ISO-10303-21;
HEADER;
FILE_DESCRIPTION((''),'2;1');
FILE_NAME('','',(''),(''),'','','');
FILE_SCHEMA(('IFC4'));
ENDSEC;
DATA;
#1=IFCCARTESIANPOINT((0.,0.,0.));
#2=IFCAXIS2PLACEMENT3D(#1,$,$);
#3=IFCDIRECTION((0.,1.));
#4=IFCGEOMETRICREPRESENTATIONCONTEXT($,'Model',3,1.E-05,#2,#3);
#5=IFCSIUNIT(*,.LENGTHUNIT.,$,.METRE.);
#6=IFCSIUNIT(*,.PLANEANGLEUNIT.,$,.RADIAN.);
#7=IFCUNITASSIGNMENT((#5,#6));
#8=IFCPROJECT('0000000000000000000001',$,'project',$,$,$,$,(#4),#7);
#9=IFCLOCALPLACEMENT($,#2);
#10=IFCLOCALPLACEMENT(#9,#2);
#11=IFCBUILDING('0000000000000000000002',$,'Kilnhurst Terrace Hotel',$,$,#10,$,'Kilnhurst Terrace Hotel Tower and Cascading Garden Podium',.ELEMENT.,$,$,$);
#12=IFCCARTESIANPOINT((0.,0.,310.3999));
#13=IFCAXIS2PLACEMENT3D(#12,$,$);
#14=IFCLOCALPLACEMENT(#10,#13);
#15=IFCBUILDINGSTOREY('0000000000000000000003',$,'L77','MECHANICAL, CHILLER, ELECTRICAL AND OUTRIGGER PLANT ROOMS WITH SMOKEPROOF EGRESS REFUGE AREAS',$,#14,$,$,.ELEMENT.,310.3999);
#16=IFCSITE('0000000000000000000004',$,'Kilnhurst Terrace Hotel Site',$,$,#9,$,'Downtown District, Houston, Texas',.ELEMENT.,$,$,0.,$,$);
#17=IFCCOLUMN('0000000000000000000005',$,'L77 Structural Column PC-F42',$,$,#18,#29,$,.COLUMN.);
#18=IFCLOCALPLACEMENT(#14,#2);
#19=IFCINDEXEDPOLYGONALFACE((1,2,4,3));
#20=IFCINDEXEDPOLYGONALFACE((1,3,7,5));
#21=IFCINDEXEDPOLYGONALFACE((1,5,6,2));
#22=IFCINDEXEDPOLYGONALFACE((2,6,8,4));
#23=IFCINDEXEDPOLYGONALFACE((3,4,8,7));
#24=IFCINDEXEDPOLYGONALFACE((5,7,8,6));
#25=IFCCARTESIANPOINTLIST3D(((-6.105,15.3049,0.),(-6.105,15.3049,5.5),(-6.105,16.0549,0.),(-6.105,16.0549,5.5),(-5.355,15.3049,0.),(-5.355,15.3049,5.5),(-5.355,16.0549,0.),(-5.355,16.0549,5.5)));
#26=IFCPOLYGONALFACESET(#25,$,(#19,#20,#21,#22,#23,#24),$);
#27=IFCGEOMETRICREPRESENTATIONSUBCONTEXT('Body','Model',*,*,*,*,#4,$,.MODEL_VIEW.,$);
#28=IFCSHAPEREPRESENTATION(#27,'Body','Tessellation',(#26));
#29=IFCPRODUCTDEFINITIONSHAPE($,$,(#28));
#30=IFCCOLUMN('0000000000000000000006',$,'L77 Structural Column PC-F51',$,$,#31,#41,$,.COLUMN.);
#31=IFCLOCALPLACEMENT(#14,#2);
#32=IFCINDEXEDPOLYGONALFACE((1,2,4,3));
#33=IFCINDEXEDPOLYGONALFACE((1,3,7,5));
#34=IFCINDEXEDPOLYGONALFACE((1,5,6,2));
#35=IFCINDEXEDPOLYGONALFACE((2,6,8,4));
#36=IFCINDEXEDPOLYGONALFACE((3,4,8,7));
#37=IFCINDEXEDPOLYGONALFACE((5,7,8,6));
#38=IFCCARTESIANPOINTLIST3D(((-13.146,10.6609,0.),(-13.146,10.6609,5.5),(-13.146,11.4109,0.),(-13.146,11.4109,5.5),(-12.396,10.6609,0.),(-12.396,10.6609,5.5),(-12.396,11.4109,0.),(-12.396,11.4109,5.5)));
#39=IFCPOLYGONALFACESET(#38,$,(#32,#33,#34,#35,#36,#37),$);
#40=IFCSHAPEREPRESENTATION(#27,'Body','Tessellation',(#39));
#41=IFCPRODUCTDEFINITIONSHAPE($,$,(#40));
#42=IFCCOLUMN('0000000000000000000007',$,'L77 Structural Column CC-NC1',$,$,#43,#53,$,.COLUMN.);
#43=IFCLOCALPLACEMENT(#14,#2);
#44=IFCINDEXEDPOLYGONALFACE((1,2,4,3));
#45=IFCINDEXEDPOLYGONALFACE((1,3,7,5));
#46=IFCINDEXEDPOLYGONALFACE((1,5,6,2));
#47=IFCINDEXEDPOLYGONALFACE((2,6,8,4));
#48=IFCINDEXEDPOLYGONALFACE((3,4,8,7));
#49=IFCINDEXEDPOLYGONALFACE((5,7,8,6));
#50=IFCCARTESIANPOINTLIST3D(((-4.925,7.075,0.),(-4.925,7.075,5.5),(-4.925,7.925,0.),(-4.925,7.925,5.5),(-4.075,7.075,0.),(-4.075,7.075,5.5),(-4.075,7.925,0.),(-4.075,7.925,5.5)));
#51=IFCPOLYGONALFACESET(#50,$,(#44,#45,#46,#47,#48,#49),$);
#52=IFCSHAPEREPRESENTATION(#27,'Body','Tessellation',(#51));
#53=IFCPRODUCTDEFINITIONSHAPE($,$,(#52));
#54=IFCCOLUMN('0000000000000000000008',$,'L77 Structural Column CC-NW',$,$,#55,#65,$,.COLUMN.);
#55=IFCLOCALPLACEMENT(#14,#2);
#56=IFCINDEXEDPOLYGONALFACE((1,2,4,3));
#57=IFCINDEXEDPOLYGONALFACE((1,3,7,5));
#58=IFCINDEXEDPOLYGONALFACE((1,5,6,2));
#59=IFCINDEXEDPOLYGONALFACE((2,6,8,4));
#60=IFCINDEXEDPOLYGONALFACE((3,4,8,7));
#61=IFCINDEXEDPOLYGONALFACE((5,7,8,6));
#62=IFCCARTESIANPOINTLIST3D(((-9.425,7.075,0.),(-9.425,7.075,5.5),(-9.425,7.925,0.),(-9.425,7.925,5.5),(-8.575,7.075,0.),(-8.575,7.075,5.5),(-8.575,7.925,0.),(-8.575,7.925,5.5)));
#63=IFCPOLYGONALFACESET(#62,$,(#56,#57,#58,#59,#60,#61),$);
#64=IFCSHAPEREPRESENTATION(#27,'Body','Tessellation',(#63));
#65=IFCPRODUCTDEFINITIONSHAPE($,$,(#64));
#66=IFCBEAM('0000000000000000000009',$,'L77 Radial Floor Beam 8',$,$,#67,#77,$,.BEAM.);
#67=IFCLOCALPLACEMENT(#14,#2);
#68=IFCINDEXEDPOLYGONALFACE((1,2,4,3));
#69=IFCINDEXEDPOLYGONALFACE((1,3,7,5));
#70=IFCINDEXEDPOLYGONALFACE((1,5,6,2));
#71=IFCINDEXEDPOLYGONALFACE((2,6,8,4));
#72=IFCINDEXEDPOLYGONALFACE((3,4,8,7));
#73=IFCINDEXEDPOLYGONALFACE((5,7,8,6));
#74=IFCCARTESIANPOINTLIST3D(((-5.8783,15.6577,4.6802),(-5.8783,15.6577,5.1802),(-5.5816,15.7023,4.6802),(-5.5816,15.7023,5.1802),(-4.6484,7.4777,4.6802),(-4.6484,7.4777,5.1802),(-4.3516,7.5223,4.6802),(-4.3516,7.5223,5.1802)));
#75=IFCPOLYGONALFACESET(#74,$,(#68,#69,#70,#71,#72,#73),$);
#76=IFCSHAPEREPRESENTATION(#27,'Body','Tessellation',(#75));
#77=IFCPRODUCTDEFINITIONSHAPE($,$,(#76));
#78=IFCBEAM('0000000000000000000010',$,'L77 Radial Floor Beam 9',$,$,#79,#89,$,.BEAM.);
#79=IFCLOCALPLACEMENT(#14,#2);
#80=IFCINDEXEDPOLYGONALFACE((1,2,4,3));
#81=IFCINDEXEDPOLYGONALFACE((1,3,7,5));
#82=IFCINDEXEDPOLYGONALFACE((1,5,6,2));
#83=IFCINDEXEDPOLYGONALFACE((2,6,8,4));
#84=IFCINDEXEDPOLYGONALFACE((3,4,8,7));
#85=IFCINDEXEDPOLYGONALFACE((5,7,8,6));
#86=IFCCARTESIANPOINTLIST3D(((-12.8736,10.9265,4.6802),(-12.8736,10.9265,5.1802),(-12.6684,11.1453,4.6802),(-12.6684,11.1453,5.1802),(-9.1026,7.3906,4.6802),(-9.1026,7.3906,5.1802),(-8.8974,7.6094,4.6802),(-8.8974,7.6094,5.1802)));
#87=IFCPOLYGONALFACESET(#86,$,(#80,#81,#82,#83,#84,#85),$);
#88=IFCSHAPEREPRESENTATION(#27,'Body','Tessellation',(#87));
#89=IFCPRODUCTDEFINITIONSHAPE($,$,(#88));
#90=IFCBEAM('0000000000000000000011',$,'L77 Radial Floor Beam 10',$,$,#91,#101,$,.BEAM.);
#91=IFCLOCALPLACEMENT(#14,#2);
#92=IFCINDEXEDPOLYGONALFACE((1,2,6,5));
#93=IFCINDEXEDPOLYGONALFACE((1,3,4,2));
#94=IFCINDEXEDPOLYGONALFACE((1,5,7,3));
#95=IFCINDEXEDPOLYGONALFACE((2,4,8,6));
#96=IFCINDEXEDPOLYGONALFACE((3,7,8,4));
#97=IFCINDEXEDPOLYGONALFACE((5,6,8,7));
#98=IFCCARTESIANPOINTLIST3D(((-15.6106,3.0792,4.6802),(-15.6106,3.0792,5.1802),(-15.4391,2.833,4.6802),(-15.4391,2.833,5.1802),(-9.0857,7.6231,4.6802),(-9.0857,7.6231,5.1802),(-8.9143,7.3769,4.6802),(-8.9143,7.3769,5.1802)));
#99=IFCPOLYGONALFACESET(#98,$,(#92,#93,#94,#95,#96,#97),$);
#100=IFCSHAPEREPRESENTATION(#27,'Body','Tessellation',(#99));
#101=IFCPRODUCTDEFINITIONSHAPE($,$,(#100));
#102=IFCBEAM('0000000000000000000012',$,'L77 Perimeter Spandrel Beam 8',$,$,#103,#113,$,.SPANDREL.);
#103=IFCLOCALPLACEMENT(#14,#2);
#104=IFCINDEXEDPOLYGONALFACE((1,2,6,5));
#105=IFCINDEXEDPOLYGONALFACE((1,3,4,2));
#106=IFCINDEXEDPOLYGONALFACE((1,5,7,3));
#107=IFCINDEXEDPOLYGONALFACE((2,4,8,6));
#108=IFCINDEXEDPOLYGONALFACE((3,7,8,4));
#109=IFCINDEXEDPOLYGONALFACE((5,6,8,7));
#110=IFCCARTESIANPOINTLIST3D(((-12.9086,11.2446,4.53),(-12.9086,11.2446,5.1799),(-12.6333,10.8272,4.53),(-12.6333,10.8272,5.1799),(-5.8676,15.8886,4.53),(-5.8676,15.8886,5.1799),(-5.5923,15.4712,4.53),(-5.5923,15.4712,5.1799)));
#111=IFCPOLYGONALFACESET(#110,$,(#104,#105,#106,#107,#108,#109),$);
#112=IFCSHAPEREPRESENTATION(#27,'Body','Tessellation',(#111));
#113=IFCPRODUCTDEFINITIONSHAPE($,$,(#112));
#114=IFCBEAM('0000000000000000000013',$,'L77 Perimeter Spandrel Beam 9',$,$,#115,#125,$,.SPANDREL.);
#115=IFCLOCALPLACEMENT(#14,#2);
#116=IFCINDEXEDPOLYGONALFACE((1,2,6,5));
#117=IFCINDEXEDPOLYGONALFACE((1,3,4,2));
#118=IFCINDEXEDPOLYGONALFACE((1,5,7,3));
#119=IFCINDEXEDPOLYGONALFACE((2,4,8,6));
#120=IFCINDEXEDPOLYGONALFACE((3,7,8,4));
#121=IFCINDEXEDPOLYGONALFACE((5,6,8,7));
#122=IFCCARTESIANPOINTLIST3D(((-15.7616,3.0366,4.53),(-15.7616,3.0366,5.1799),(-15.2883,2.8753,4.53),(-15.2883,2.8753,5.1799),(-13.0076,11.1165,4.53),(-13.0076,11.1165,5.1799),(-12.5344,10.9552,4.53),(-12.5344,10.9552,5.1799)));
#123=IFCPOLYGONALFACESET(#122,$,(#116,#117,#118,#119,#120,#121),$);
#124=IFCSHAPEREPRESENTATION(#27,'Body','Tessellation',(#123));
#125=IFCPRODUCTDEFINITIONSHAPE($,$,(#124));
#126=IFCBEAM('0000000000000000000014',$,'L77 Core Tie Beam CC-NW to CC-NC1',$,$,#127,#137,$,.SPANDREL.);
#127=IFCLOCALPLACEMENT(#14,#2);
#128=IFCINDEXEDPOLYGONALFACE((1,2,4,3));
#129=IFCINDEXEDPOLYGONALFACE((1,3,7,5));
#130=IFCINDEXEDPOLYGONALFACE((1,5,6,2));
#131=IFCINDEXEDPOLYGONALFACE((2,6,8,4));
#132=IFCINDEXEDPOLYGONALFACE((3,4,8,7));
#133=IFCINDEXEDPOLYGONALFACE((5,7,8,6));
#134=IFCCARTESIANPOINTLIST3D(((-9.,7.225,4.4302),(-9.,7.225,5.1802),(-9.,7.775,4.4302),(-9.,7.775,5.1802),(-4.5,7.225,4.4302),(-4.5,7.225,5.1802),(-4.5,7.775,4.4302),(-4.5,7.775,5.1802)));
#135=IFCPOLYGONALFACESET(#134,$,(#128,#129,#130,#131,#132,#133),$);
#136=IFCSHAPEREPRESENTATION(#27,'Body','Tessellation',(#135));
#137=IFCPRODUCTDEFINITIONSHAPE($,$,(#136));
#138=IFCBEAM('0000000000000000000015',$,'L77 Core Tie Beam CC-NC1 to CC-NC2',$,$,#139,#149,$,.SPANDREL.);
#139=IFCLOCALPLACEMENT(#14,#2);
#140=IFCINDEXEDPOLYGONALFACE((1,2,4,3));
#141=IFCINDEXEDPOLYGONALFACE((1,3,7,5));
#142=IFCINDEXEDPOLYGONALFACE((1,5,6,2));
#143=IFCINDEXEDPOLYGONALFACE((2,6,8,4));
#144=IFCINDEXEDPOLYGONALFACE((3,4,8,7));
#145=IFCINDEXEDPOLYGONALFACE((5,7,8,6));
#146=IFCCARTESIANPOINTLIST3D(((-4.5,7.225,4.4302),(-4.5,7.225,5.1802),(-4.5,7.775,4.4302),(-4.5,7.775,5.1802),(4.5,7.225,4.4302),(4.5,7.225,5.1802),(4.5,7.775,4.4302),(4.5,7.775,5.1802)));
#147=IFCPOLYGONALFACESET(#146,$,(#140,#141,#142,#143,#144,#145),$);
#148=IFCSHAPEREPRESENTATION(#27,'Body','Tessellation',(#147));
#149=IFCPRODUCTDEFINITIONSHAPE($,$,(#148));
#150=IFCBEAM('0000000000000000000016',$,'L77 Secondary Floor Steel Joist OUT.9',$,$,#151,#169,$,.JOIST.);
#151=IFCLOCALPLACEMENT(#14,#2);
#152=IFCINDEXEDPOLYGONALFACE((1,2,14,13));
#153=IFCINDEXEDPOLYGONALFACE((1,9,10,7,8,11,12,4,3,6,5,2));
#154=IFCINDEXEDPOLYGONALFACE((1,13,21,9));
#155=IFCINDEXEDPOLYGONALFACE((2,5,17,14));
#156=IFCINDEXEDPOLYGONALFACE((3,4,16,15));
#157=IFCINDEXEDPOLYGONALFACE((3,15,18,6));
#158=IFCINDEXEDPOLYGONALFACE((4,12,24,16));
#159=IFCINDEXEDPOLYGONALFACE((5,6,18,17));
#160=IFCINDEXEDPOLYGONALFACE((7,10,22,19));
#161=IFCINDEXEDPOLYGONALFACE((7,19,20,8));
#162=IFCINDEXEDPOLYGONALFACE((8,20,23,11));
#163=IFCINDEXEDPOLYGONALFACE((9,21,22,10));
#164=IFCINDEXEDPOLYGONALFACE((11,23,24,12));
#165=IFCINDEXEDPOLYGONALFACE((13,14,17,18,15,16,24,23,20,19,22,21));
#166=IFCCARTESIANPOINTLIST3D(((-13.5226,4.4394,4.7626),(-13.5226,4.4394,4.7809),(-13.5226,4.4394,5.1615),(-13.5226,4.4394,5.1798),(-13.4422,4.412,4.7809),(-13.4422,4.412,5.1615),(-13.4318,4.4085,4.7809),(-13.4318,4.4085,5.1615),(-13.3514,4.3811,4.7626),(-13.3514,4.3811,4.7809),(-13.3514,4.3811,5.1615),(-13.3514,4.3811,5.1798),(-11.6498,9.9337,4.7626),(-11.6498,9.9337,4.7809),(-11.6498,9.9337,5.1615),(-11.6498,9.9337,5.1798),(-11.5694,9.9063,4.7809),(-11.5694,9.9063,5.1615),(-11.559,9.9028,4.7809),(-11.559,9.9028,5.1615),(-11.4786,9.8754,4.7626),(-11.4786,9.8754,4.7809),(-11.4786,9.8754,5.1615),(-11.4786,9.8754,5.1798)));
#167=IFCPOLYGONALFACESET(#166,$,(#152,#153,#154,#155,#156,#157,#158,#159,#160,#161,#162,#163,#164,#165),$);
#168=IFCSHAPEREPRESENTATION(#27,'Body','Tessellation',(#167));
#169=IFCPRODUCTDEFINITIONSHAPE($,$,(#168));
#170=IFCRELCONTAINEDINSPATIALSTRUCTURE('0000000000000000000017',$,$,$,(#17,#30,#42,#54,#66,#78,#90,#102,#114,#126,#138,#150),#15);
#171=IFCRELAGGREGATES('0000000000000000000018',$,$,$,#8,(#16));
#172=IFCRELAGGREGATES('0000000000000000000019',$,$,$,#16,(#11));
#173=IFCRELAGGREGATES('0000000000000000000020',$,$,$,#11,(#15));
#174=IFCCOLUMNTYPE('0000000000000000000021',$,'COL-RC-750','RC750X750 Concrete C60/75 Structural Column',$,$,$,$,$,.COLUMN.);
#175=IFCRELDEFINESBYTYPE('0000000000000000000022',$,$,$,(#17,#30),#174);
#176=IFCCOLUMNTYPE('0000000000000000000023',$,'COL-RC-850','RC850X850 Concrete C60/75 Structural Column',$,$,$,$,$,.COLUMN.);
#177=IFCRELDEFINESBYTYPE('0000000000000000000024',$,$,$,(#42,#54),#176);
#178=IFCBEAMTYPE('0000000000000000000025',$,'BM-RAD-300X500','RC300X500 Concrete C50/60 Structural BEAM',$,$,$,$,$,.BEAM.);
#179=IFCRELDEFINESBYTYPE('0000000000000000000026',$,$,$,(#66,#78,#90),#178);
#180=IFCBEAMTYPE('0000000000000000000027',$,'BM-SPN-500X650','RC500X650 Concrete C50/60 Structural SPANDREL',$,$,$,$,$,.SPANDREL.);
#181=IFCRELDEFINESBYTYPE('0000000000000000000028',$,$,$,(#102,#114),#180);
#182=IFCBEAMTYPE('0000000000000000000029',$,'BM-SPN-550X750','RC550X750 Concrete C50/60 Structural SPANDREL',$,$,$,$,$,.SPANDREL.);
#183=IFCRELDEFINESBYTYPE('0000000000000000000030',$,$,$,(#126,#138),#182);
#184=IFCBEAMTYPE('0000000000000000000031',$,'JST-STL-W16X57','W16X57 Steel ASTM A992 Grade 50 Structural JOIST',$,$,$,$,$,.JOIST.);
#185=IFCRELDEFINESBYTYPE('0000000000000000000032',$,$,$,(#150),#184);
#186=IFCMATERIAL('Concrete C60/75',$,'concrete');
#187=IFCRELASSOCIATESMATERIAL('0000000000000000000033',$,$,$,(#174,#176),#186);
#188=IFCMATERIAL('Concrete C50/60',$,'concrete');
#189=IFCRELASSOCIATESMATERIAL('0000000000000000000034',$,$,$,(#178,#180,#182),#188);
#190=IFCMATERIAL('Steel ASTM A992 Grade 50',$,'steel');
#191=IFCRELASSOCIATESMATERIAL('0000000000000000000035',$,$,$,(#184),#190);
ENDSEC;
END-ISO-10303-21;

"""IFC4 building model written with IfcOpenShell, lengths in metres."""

from ifc_helpers import new_model, si_unit, direction, frame, origin, origin_2d, place, context, subcontext, project, spatial, rectangle, i_section, extrude, material, material_profile, profile_set, type_object, element, save


model = new_model("IFC4")

# Units and contexts
model_context = context("Model", 3, precision=1e-05, world=origin(), true_north=direction((0.0, 1.0)))
body_context = subcontext(model_context, "Body", "Model", "MODEL_VIEW")
ifc_project = project(units=[si_unit("LENGTHUNIT", "METRE"), si_unit("PLANEANGLEUNIT", "RADIAN")], contexts=[model_context])

# Site, building, storey
site_placement = place(None, origin())
site = spatial("IfcSite", under=ifc_project, at=site_placement, Name="Kilnhurst Terrace Hotel Site", LongName="Downtown District, Houston, Texas", CompositionType="ELEMENT", RefElevation=0.0)
building_placement = place(site_placement, origin())
building = spatial("IfcBuilding", under=site, at=building_placement, Name="Kilnhurst Terrace Hotel", LongName="Kilnhurst Terrace Hotel Tower and Cascading Garden Podium", CompositionType="ELEMENT")
storey_placement = place(building_placement, frame((0.0, 0.0, 310.3999)))
storey = spatial("IfcBuildingStorey", under=building, at=storey_placement, Name="L77", Description="MECHANICAL, CHILLER, ELECTRICAL AND OUTRIGGER PLANT ROOMS WITH SMOKEPROOF EGRESS REFUGE AREAS", CompositionType="ELEMENT", Elevation=310.3999)

# Columns
ifc_material_1 = material(Name="Concrete C60/75", Category="concrete")
ifc_material_profile_1 = material_profile(ifc_material_1, rectangle(XDim=0.75, YDim=0.75, at=origin_2d()), Name="RC750X750")
ifc_profile_set_1 = profile_set([ifc_material_profile_1], Name="Concrete C60/75")
column_type_1 = type_object("IfcColumnType", Name="COL-RC-750", Description="RC750X750 Concrete C60/75 Structural Column", PredefinedType="COLUMN", material=ifc_profile_set_1)
for number, where, z_axis, x_axis, name in (
    (1, (-5.73, 15.6799, 0.0), (0.0, 0.0, 1.0), (1.0, 0.0, 0.0), "L77 Structural Column PC-F42"),
    (2, (-12.771, 11.0359, 0.0), (0.0, 0.0, 1.0), (1.0, 0.0, 0.0), "L77 Structural Column PC-F51"),
):
    element("IfcColumn", number, at=place(storey_placement, frame(where, z_axis=z_axis, x_axis=x_axis)), inside=storey, type_object=column_type_1, Name=name, PredefinedType="COLUMN", context=body_context, shape_type="SweptSolid", body=[
        extrude(rectangle(XDim=0.75, YDim=0.75, at=origin_2d()), origin(), (0.0, 0.0, 1.0), 5.5),
    ])
ifc_material_profile_2 = material_profile(ifc_material_1, rectangle(XDim=0.8501, YDim=0.8501, at=origin_2d()), Name="RC850X850")
ifc_profile_set_2 = profile_set([ifc_material_profile_2], Name="Concrete C60/75")
column_type_2 = type_object("IfcColumnType", Name="COL-RC-850", Description="RC850X850 Concrete C60/75 Structural Column", PredefinedType="COLUMN", material=ifc_profile_set_2)
for number, where, z_axis, x_axis, name in (
    (3, (-4.5, 7.5, 0.0), (0.0, 0.0, 1.0), (1.0, 0.0, 0.0), "L77 Structural Column CC-NC1"),
    (4, (-9.0, 7.5, 0.0), (0.0, 0.0, 1.0), (1.0, 0.0, 0.0), "L77 Structural Column CC-NW"),
):
    element("IfcColumn", number, at=place(storey_placement, frame(where, z_axis=z_axis, x_axis=x_axis)), inside=storey, type_object=column_type_2, Name=name, PredefinedType="COLUMN", context=body_context, shape_type="SweptSolid", body=[
        extrude(rectangle(XDim=0.8501, YDim=0.8501, at=origin_2d()), origin(), (0.0, 0.0, 1.0), 5.5),
    ])

# Beams
ifc_material_2 = material(Name="Concrete C50/60", Category="concrete")
ifc_material_profile_3 = material_profile(ifc_material_2, rectangle(XDim=0.3, YDim=0.5, at=origin_2d()), Name="RC300X500")
ifc_profile_set_3 = profile_set([ifc_material_profile_3], Name="Concrete C50/60")
beam_type_1 = type_object("IfcBeamType", Name="BM-RAD-300X500", Description="RC300X500 Concrete C50/60 Structural BEAM", PredefinedType="BEAM", material=ifc_profile_set_3)
beam_1_placement = place(storey_placement, frame((-4.5, 7.5, 4.9302), z_axis=(-0.148694, 0.988883, 0.0), x_axis=(-0.988883, -0.148694, 0.0)))
element("IfcBeam", 5, at=beam_1_placement, inside=storey, type_object=beam_type_1, Name="L77 Radial Floor Beam 8", PredefinedType="BEAM", context=body_context, shape_type="SweptSolid", body=[
    extrude(rectangle(XDim=0.3, YDim=0.5, at=origin_2d()), origin(), (0.0, 0.0, 1.0), 8.272),
])
beam_2_placement = place(storey_placement, frame((-9.0, 7.5, 4.9302), z_axis=(-0.729481, 0.684001, 0.0), x_axis=(-0.684001, -0.729481, 0.0)))
element("IfcBeam", 6, at=beam_2_placement, inside=storey, type_object=beam_type_1, Name="L77 Radial Floor Beam 9", PredefinedType="BEAM", context=body_context, shape_type="SweptSolid", body=[
    extrude(rectangle(XDim=0.3, YDim=0.5, at=origin_2d()), origin(), (0.0, 0.0, 1.0), 5.1694),
])
beam_3_placement = place(storey_placement, frame((-9.0, 7.5, 4.9302), z_axis=(-0.820617, -0.571478, 0.0), x_axis=(0.571478, -0.820617, 0.0)))
element("IfcBeam", 7, at=beam_3_placement, inside=storey, type_object=beam_type_1, Name="L77 Radial Floor Beam 10", PredefinedType="BEAM", context=body_context, shape_type="SweptSolid", body=[
    extrude(rectangle(XDim=0.3, YDim=0.5, at=origin_2d()), origin(), (0.0, 0.0, 1.0), 7.9512),
])
ifc_material_profile_4 = material_profile(ifc_material_2, rectangle(XDim=0.5, YDim=0.6499, at=origin_2d()), Name="RC500X650")
ifc_profile_set_4 = profile_set([ifc_material_profile_4], Name="Concrete C50/60")
beam_type_2 = type_object("IfcBeamType", Name="BM-SPN-500X650", Description="RC500X650 Concrete C50/60 Structural SPANDREL", PredefinedType="SPANDREL", material=ifc_profile_set_4)
beam_4_placement = place(storey_placement, frame((-5.73, 15.6799, 4.855), z_axis=(-0.834774, -0.550592, 0.0), x_axis=(0.550592, -0.834774, 0.0)))
element("IfcBeam", 8, at=beam_4_placement, inside=storey, type_object=beam_type_2, Name="L77 Perimeter Spandrel Beam 8", PredefinedType="SPANDREL", context=body_context, shape_type="SweptSolid", body=[
    extrude(rectangle(XDim=0.5, YDim=0.6499, at=origin_2d()), origin(), (0.0, 0.0, 1.0), 8.4346),
])
beam_5_placement = place(storey_placement, frame((-12.771, 11.0359, 4.855), z_axis=(-0.322613, -0.946531, 0.0), x_axis=(0.946531, -0.322613, 0.0)))
element("IfcBeam", 9, at=beam_5_placement, inside=storey, type_object=beam_type_2, Name="L77 Perimeter Spandrel Beam 9", PredefinedType="SPANDREL", context=body_context, shape_type="SweptSolid", body=[
    extrude(rectangle(XDim=0.5, YDim=0.6499, at=origin_2d()), origin(), (0.0, 0.0, 1.0), 8.5364),
])
ifc_material_profile_5 = material_profile(ifc_material_2, rectangle(XDim=0.55, YDim=0.75, at=origin_2d()), Name="RC550X750")
ifc_profile_set_5 = profile_set([ifc_material_profile_5], Name="Concrete C50/60")
beam_type_3 = type_object("IfcBeamType", Name="BM-SPN-550X750", Description="RC550X750 Concrete C50/60 Structural SPANDREL", PredefinedType="SPANDREL", material=ifc_profile_set_5)
beam_6_placement = place(storey_placement, frame((-9.0, 7.5, 4.8052), z_axis=(1.0, 0.0, 0.0), x_axis=(0.0, 1.0, 0.0)))
element("IfcBeam", 10, at=beam_6_placement, inside=storey, type_object=beam_type_3, Name="L77 Core Tie Beam CC-NW to CC-NC1", PredefinedType="SPANDREL", context=body_context, shape_type="SweptSolid", body=[
    extrude(rectangle(XDim=0.55, YDim=0.75, at=origin_2d()), origin(), (0.0, 0.0, 1.0), 4.5),
])
beam_7_placement = place(storey_placement, frame((-4.5, 7.5, 4.8052), z_axis=(1.0, 0.0, 0.0), x_axis=(0.0, 1.0, 0.0)))
element("IfcBeam", 11, at=beam_7_placement, inside=storey, type_object=beam_type_3, Name="L77 Core Tie Beam CC-NC1 to CC-NC2", PredefinedType="SPANDREL", context=body_context, shape_type="SweptSolid", body=[
    extrude(rectangle(XDim=0.55, YDim=0.75, at=origin_2d()), origin(), (0.0, 0.0, 1.0), 9.0),
])
ifc_material_3 = material(Name="Steel ASTM A992 Grade 50", Category="steel")
ifc_material_profile_6 = material_profile(ifc_material_3, i_section(OverallWidth=0.1809, OverallDepth=0.4172, WebThickness=0.011, FlangeThickness=0.0183, at=origin_2d()), Name="W16X57")
ifc_profile_set_6 = profile_set([ifc_material_profile_6], Name="Steel ASTM A992 Grade 50")
beam_type_4 = type_object("IfcBeamType", Name="JST-STL-W16X57", Description="W16X57 Steel ASTM A992 Grade 50 Structural JOIST", PredefinedType="JOIST", material=ifc_profile_set_6)
beam_8_placement = place(storey_placement, frame((-11.5642, 9.9045, 4.9712), z_axis=(-0.32263, -0.946525, 0.0), x_axis=(0.946525, -0.32263, 0.0)))
element("IfcBeam", 12, at=beam_8_placement, inside=storey, type_object=beam_type_4, Name="L77 Secondary Floor Steel Joist OUT.9", PredefinedType="JOIST", context=body_context, shape_type="SweptSolid", body=[
    extrude(i_section(OverallWidth=0.1809, OverallDepth=0.4172, WebThickness=0.011, FlangeThickness=0.0183, at=origin_2d()), origin(), (0.0, 0.0, 1.0), 5.8047),
])

save(model, "model.ifc")
